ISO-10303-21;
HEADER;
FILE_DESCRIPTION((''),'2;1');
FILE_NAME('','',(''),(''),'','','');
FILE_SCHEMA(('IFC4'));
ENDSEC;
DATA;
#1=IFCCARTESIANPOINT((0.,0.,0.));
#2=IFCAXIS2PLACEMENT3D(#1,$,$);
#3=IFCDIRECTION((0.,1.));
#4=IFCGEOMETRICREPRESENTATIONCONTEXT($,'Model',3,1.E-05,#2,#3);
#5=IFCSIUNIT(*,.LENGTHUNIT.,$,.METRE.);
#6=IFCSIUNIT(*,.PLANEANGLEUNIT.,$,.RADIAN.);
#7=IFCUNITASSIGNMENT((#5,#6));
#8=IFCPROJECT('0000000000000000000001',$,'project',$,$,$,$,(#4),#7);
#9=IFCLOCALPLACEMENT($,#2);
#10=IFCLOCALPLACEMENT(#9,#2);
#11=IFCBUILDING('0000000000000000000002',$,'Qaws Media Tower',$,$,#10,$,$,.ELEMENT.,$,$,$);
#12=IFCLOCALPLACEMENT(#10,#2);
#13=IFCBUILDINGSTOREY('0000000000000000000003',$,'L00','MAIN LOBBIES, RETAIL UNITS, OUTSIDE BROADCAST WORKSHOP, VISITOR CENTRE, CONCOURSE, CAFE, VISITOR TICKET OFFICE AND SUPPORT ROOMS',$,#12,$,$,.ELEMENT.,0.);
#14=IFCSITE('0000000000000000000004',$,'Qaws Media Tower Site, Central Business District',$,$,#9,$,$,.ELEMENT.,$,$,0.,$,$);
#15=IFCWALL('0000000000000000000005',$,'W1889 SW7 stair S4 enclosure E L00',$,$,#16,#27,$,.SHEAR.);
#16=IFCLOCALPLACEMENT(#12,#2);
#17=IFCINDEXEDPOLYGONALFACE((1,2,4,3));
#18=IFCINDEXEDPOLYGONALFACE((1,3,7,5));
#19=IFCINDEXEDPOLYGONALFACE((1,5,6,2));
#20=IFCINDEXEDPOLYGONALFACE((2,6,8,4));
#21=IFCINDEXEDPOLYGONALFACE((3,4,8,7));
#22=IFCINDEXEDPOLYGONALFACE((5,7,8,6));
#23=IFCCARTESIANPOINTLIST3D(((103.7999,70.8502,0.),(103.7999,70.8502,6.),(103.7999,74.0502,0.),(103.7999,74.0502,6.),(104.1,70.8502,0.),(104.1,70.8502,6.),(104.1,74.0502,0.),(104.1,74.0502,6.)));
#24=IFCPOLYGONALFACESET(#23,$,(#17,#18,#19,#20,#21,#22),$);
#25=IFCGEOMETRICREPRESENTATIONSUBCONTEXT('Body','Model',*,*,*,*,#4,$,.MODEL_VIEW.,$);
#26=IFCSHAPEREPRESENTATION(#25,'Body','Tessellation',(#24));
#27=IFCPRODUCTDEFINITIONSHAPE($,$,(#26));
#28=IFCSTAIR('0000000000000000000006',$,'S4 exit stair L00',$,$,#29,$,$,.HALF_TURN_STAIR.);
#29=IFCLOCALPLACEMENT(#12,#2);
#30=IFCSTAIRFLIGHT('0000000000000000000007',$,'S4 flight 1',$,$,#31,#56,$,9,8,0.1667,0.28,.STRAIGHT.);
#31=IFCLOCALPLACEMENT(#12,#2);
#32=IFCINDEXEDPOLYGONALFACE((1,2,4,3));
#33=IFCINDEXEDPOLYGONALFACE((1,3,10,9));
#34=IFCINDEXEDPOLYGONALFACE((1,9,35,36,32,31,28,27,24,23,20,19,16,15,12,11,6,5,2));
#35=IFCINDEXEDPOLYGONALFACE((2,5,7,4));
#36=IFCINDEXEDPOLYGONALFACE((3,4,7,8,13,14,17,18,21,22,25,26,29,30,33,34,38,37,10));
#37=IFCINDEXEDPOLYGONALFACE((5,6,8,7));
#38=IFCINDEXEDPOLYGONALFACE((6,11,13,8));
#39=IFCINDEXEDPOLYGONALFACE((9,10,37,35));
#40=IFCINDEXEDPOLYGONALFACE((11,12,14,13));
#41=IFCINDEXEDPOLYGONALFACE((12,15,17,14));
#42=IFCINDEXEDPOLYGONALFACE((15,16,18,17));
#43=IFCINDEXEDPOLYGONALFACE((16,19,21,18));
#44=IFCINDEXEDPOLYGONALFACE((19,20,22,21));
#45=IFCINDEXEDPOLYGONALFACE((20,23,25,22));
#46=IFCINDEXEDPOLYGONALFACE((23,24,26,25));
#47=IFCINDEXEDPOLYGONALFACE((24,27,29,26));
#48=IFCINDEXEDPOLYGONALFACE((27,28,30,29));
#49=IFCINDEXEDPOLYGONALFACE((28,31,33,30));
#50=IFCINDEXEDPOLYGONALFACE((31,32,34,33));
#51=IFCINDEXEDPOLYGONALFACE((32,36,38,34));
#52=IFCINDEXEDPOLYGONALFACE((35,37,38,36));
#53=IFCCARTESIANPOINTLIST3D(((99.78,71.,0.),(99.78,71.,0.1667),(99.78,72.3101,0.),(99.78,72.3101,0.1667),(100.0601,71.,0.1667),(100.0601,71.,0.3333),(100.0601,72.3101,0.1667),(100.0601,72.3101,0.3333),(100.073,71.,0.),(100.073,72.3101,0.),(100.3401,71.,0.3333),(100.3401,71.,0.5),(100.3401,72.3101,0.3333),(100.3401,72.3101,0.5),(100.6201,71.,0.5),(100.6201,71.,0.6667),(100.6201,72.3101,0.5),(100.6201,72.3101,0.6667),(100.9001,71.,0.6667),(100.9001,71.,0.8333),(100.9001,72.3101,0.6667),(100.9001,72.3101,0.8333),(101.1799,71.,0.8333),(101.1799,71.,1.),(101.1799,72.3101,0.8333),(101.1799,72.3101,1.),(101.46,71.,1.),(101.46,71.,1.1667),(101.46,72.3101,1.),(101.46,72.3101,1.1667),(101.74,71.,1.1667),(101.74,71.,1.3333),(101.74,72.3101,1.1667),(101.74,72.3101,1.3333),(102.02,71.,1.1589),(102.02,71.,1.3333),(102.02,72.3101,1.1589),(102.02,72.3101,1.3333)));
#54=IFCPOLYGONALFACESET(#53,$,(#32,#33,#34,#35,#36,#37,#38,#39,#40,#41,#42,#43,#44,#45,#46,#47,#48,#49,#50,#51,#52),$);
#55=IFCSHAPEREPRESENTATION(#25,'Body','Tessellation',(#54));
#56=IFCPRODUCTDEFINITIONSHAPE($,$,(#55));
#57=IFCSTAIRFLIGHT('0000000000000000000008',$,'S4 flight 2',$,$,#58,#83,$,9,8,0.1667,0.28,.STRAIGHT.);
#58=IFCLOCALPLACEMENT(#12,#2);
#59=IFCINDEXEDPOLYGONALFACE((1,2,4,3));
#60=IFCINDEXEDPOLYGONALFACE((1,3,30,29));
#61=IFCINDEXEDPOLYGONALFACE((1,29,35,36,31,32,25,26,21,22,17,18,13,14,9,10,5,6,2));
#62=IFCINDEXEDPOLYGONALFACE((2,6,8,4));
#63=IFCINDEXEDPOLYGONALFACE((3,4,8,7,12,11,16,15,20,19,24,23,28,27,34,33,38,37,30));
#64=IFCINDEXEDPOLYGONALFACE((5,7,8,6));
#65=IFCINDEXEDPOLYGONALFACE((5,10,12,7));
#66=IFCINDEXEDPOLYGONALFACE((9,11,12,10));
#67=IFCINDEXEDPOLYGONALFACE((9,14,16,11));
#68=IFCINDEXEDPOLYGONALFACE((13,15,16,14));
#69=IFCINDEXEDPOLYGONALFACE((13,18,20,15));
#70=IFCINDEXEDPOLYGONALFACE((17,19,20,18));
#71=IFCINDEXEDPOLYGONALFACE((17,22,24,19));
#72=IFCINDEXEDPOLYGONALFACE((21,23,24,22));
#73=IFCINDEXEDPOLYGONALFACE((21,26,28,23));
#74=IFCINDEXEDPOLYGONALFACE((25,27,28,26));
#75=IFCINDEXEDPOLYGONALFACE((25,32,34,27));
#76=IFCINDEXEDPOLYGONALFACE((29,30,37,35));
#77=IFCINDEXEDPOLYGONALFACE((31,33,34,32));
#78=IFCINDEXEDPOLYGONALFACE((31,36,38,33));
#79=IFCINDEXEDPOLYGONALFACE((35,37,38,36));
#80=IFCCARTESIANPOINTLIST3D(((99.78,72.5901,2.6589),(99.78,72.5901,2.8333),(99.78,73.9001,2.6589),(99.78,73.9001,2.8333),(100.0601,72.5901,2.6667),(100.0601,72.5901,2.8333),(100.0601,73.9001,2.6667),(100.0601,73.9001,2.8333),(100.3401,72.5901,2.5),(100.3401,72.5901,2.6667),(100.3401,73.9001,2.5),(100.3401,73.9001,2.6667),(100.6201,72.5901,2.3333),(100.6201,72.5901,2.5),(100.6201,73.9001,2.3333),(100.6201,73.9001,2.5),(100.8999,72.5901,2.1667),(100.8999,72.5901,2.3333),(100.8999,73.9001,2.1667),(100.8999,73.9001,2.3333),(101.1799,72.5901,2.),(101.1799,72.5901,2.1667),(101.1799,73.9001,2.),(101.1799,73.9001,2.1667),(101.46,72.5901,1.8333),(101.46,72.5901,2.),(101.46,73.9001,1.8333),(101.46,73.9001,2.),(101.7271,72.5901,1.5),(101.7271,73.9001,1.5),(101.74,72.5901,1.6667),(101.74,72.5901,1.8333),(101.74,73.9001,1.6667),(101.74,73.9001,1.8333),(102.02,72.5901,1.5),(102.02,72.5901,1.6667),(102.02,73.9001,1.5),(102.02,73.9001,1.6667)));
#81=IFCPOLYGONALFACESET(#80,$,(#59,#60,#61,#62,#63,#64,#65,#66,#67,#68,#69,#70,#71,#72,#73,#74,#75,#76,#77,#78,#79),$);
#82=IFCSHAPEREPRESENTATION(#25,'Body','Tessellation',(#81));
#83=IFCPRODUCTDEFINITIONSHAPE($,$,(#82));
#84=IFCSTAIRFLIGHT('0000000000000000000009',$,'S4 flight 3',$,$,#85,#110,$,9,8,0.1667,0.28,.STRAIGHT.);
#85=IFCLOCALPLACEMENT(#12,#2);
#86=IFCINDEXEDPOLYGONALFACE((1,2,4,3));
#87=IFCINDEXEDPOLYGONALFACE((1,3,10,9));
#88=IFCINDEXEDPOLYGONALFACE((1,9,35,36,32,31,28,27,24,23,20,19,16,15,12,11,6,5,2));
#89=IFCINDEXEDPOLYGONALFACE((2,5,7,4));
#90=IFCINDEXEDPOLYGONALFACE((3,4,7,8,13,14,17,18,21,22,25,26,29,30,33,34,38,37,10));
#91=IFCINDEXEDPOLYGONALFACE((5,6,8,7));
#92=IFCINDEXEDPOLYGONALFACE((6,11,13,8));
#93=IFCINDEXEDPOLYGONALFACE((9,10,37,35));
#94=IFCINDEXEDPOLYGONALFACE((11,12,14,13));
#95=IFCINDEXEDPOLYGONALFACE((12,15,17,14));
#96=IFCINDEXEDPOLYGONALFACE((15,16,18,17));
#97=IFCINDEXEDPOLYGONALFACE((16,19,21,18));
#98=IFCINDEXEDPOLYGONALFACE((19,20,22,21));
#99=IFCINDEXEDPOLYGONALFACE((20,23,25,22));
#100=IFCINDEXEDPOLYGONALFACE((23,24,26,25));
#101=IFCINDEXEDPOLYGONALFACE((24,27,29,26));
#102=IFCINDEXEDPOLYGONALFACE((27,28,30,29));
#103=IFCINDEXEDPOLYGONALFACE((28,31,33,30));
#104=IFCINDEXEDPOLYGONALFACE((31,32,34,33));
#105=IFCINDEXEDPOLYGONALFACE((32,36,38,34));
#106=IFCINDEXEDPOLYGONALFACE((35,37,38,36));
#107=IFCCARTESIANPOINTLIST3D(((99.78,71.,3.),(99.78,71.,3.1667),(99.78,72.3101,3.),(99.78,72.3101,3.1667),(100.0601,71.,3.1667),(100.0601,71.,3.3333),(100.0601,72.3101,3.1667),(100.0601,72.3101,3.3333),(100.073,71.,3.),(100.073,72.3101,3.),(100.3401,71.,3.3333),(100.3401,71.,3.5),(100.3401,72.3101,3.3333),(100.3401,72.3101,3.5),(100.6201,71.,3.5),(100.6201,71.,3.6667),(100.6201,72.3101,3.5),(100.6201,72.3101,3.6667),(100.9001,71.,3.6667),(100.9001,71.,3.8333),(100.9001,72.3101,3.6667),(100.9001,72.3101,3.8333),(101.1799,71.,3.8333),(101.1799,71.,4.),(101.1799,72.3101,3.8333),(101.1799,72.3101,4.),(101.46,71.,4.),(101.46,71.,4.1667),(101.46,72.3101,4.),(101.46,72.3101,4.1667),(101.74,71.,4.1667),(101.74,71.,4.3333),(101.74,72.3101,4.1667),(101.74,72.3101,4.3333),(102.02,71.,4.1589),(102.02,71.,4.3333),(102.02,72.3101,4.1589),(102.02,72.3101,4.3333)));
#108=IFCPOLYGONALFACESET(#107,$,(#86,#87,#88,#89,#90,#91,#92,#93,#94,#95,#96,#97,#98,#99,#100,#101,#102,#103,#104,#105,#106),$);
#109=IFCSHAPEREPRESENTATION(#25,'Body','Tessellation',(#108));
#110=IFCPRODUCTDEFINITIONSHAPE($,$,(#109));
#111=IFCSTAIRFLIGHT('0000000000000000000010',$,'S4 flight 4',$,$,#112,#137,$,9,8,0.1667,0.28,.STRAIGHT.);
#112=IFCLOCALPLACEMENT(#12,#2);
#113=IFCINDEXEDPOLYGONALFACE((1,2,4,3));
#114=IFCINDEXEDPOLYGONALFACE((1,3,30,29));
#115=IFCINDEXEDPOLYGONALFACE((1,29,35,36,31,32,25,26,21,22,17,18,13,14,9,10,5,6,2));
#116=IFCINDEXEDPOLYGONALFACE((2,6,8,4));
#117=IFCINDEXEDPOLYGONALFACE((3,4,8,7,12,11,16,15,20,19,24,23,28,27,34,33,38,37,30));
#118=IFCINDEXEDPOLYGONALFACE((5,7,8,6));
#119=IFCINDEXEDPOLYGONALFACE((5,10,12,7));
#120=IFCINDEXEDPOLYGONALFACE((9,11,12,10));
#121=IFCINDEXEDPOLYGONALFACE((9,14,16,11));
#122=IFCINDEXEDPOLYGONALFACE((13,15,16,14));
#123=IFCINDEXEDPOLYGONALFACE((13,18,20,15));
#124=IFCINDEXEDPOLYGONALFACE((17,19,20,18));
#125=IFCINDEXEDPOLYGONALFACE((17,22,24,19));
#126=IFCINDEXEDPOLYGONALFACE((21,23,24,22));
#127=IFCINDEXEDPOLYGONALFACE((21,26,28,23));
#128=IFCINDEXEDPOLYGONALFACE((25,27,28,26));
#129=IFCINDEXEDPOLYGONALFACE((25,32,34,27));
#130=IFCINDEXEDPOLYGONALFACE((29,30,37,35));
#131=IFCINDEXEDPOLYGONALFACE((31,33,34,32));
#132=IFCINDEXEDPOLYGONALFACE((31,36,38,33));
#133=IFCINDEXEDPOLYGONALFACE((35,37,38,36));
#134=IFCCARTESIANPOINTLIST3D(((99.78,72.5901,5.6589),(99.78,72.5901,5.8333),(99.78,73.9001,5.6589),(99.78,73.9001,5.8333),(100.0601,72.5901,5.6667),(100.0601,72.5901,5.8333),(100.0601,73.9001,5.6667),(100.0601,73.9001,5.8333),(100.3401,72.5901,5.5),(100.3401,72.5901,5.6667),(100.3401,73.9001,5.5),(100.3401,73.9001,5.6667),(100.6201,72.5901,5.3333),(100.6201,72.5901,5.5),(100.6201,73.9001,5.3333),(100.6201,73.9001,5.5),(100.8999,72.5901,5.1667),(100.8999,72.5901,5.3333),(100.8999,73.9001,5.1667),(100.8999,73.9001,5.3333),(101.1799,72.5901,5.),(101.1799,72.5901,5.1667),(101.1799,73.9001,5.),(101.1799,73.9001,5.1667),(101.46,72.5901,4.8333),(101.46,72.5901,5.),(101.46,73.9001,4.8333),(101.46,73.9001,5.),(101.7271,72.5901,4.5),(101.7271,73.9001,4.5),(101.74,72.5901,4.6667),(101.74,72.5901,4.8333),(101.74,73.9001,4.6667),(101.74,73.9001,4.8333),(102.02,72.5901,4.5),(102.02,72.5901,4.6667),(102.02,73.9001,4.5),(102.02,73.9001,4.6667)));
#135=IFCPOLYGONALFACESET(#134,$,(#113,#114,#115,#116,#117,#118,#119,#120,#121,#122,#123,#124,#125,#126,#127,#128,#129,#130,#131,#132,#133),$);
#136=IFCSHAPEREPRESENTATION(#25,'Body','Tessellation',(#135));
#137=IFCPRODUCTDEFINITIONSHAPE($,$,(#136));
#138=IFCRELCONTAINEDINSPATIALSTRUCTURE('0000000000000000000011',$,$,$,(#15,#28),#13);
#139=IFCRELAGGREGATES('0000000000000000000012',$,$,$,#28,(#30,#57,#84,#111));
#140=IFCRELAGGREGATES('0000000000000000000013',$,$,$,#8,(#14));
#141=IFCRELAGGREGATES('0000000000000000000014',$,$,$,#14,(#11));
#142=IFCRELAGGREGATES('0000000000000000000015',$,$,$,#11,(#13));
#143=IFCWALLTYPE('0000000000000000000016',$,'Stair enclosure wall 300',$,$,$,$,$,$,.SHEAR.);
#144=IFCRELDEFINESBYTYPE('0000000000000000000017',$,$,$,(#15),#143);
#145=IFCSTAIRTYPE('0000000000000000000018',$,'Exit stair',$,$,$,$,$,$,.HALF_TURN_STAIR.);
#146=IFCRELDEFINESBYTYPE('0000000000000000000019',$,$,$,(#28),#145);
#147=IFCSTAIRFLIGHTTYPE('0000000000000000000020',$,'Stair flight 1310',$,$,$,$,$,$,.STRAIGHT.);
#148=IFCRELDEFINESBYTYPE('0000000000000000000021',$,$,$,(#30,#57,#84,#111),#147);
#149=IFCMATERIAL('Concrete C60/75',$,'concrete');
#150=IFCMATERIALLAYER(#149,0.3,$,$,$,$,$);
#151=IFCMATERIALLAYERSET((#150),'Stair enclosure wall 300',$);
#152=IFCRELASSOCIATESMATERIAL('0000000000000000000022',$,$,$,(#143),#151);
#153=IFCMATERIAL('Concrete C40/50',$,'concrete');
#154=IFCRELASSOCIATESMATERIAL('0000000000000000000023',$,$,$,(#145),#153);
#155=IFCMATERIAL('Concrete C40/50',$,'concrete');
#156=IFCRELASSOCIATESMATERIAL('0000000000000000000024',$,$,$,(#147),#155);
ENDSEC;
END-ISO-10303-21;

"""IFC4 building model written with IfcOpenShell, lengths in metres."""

from ifc_helpers import new_model, si_unit, direction, frame, frame_2d, origin, place, context, subcontext, project, spatial, polyline, rectangle, outline, extrude, material, layer, layer_set, type_object, element, aggregate, save


model = new_model("IFC4")

# Units and contexts
model_context = context("Model", 3, precision=1e-05, world=origin(), true_north=direction((0.0, 1.0)))
body_context = subcontext(model_context, "Body", "Model", "MODEL_VIEW")
ifc_project = project(units=[si_unit("LENGTHUNIT", "METRE"), si_unit("PLANEANGLEUNIT", "RADIAN")], contexts=[model_context])

# Site, building, storey
site_placement = place(None, origin())
site = spatial("IfcSite", under=ifc_project, at=site_placement, Name="Qaws Media Tower Site, Central Business District", CompositionType="ELEMENT", RefElevation=0.0)
building_placement = place(site_placement, origin())
building = spatial("IfcBuilding", under=site, at=building_placement, Name="Qaws Media Tower", CompositionType="ELEMENT")
storey_placement = place(building_placement, origin())
storey = spatial("IfcBuildingStorey", under=building, at=storey_placement, Name="L00", Description="MAIN LOBBIES, RETAIL UNITS, OUTSIDE BROADCAST WORKSHOP, VISITOR CENTRE, CONCOURSE, CAFE, VISITOR TICKET OFFICE AND SUPPORT ROOMS", CompositionType="ELEMENT", Elevation=0.0)

# Shared definitions
ifc_material_1 = material(Name="Concrete C60/75", Category="concrete")
ifc_layer_1 = layer(ifc_material_1, 0.3)
ifc_layer_set_1 = layer_set([ifc_layer_1], Name="Stair enclosure wall 300")
wall_type_1 = type_object("IfcWallType", Name="Stair enclosure wall 300", PredefinedType="SHEAR", material=ifc_layer_set_1)

# Wall
wall_1_placement = place(storey_placement, frame((103.95, 70.8501, 0.0), z_axis=(0.0, 0.0, 1.0), x_axis=(0.0, 1.0, 0.0)))
element("IfcWall", 1, at=wall_1_placement, inside=storey, type_object=wall_type_1, Name="W1889 SW7 stair S4 enclosure E L00", PredefinedType="SHEAR", context=body_context, shape_type="SweptSolid", body=[
    extrude(rectangle(XDim=3.2, YDim=0.3, at=frame_2d((1.6001, 0.0))), origin(), (0.0, 0.0, 1.0), 6.0),
])

# Stair, stair flights
ifc_material_2 = material(Name="Concrete C40/50", Category="concrete")
stair_type = type_object("IfcStairType", Name="Exit stair", PredefinedType="HALF_TURN_STAIR", material=ifc_material_2)
stair_placement = place(storey_placement, origin())
stair = element("IfcStair", 2, at=stair_placement, inside=storey, type_object=stair_type, Name="S4 exit stair L00", PredefinedType="HALF_TURN_STAIR")
ifc_material_3 = material(Name="Concrete C40/50", Category="concrete")
stair_flight_type = type_object("IfcStairFlightType", Name="Stair flight 1310", PredefinedType="STRAIGHT", material=ifc_material_3)
stair_flight_1_placement = place(storey_placement, frame((99.78, 71.655, 0.0), z_axis=(0.0, 0.0, 1.0), x_axis=(1.0, 0.0, 0.0)))
stair_flight_1 = element("IfcStairFlight", 3, at=stair_flight_1_placement, type_object=stair_flight_type, Name="S4 flight 1", NumberOfRisers=9, NumberOfTreads=8, PredefinedType="STRAIGHT", RiserHeight=0.1667, TreadLength=0.28, context=body_context, shape_type="SweptSolid", body=[
    extrude(outline(polyline([(0.0, 0.0), (0.0, 0.1667), (0.28, 0.1667), (0.28, 0.3333), (0.5601, 0.3333), (0.5601, 0.5), (0.8401, 0.5), (0.8401, 0.6667), (1.1201, 0.6667), (1.1201, 0.8333), (1.3999, 0.8333), (1.3999, 1.0), (1.6799, 1.0), (1.6799, 1.1667), (1.96, 1.1667), (1.96, 1.3333), (2.24, 1.3333), (2.24, 1.5), (2.24, 1.1589), (0.293, 0.0), (0.0, 0.0)])), frame((0.0, 0.655, 0.0), z_axis=(0.0, -1.0, 0.0), x_axis=(1.0, 0.0, 0.0)), (0.0, 0.0, 1.0), 1.3101),
])
stair_flight_2_placement = place(storey_placement, frame((102.02, 73.2451, 1.5), z_axis=(0.0, 0.0, 1.0), x_axis=(-1.0, 0.0, 0.0)))
stair_flight_2 = element("IfcStairFlight", 4, at=stair_flight_2_placement, type_object=stair_flight_type, Name="S4 flight 2", NumberOfRisers=9, NumberOfTreads=8, PredefinedType="STRAIGHT", RiserHeight=0.1667, TreadLength=0.28, context=body_context, shape_type="SweptSolid", body=[
    extrude(outline(polyline([(0.0, 0.0), (0.0, 0.1667), (0.28, 0.1667), (0.28, 0.3333), (0.5601, 0.3333), (0.5601, 0.5), (0.8401, 0.5), (0.8401, 0.6667), (1.1201, 0.6667), (1.1201, 0.8333), (1.3999, 0.8333), (1.3999, 1.0), (1.6799, 1.0), (1.6799, 1.1667), (1.96, 1.1667), (1.96, 1.3333), (2.24, 1.3333), (2.24, 1.5), (2.24, 1.1589), (0.293, 0.0), (0.0, 0.0)])), frame((0.0, 0.655, 0.0), z_axis=(0.0, -1.0, 0.0), x_axis=(1.0, 0.0, 0.0)), (0.0, 0.0, 1.0), 1.3101),
])
stair_flight_3_placement = place(storey_placement, frame((99.78, 71.655, 3.0), z_axis=(0.0, 0.0, 1.0), x_axis=(1.0, 0.0, 0.0)))
stair_flight_3 = element("IfcStairFlight", 5, at=stair_flight_3_placement, type_object=stair_flight_type, Name="S4 flight 3", NumberOfRisers=9, NumberOfTreads=8, PredefinedType="STRAIGHT", RiserHeight=0.1667, TreadLength=0.28, context=body_context, shape_type="SweptSolid", body=[
    extrude(outline(polyline([(0.0, 0.0), (0.0, 0.1667), (0.28, 0.1667), (0.28, 0.3333), (0.5601, 0.3333), (0.5601, 0.5), (0.8401, 0.5), (0.8401, 0.6667), (1.1201, 0.6667), (1.1201, 0.8333), (1.3999, 0.8333), (1.3999, 1.0), (1.6799, 1.0), (1.6799, 1.1667), (1.96, 1.1667), (1.96, 1.3333), (2.24, 1.3333), (2.24, 1.5), (2.24, 1.1589), (0.293, 0.0), (0.0, 0.0)])), frame((0.0, 0.655, 0.0), z_axis=(0.0, -1.0, 0.0), x_axis=(1.0, 0.0, 0.0)), (0.0, 0.0, 1.0), 1.3101),
])
stair_flight_4_placement = place(storey_placement, frame((102.02, 73.2451, 4.5), z_axis=(0.0, 0.0, 1.0), x_axis=(-1.0, 0.0, 0.0)))
stair_flight_4 = element("IfcStairFlight", 6, at=stair_flight_4_placement, type_object=stair_flight_type, Name="S4 flight 4", NumberOfRisers=9, NumberOfTreads=8, PredefinedType="STRAIGHT", RiserHeight=0.1667, TreadLength=0.28, context=body_context, shape_type="SweptSolid", body=[
    extrude(outline(polyline([(0.0, 0.0), (0.0, 0.1667), (0.28, 0.1667), (0.28, 0.3333), (0.5601, 0.3333), (0.5601, 0.5), (0.8401, 0.5), (0.8401, 0.6667), (1.1201, 0.6667), (1.1201, 0.8333), (1.3999, 0.8333), (1.3999, 1.0), (1.6799, 1.0), (1.6799, 1.1667), (1.96, 1.1667), (1.96, 1.3333), (2.24, 1.3333), (2.24, 1.5), (2.24, 1.1589), (0.293, 0.0), (0.0, 0.0)])), frame((0.0, 0.655, 0.0), z_axis=(0.0, -1.0, 0.0), x_axis=(1.0, 0.0, 0.0)), (0.0, 0.0, 1.0), 1.3101),
])
aggregate(stair, [stair_flight_1, stair_flight_2, stair_flight_3, stair_flight_4])

save(model, "model.ifc")
